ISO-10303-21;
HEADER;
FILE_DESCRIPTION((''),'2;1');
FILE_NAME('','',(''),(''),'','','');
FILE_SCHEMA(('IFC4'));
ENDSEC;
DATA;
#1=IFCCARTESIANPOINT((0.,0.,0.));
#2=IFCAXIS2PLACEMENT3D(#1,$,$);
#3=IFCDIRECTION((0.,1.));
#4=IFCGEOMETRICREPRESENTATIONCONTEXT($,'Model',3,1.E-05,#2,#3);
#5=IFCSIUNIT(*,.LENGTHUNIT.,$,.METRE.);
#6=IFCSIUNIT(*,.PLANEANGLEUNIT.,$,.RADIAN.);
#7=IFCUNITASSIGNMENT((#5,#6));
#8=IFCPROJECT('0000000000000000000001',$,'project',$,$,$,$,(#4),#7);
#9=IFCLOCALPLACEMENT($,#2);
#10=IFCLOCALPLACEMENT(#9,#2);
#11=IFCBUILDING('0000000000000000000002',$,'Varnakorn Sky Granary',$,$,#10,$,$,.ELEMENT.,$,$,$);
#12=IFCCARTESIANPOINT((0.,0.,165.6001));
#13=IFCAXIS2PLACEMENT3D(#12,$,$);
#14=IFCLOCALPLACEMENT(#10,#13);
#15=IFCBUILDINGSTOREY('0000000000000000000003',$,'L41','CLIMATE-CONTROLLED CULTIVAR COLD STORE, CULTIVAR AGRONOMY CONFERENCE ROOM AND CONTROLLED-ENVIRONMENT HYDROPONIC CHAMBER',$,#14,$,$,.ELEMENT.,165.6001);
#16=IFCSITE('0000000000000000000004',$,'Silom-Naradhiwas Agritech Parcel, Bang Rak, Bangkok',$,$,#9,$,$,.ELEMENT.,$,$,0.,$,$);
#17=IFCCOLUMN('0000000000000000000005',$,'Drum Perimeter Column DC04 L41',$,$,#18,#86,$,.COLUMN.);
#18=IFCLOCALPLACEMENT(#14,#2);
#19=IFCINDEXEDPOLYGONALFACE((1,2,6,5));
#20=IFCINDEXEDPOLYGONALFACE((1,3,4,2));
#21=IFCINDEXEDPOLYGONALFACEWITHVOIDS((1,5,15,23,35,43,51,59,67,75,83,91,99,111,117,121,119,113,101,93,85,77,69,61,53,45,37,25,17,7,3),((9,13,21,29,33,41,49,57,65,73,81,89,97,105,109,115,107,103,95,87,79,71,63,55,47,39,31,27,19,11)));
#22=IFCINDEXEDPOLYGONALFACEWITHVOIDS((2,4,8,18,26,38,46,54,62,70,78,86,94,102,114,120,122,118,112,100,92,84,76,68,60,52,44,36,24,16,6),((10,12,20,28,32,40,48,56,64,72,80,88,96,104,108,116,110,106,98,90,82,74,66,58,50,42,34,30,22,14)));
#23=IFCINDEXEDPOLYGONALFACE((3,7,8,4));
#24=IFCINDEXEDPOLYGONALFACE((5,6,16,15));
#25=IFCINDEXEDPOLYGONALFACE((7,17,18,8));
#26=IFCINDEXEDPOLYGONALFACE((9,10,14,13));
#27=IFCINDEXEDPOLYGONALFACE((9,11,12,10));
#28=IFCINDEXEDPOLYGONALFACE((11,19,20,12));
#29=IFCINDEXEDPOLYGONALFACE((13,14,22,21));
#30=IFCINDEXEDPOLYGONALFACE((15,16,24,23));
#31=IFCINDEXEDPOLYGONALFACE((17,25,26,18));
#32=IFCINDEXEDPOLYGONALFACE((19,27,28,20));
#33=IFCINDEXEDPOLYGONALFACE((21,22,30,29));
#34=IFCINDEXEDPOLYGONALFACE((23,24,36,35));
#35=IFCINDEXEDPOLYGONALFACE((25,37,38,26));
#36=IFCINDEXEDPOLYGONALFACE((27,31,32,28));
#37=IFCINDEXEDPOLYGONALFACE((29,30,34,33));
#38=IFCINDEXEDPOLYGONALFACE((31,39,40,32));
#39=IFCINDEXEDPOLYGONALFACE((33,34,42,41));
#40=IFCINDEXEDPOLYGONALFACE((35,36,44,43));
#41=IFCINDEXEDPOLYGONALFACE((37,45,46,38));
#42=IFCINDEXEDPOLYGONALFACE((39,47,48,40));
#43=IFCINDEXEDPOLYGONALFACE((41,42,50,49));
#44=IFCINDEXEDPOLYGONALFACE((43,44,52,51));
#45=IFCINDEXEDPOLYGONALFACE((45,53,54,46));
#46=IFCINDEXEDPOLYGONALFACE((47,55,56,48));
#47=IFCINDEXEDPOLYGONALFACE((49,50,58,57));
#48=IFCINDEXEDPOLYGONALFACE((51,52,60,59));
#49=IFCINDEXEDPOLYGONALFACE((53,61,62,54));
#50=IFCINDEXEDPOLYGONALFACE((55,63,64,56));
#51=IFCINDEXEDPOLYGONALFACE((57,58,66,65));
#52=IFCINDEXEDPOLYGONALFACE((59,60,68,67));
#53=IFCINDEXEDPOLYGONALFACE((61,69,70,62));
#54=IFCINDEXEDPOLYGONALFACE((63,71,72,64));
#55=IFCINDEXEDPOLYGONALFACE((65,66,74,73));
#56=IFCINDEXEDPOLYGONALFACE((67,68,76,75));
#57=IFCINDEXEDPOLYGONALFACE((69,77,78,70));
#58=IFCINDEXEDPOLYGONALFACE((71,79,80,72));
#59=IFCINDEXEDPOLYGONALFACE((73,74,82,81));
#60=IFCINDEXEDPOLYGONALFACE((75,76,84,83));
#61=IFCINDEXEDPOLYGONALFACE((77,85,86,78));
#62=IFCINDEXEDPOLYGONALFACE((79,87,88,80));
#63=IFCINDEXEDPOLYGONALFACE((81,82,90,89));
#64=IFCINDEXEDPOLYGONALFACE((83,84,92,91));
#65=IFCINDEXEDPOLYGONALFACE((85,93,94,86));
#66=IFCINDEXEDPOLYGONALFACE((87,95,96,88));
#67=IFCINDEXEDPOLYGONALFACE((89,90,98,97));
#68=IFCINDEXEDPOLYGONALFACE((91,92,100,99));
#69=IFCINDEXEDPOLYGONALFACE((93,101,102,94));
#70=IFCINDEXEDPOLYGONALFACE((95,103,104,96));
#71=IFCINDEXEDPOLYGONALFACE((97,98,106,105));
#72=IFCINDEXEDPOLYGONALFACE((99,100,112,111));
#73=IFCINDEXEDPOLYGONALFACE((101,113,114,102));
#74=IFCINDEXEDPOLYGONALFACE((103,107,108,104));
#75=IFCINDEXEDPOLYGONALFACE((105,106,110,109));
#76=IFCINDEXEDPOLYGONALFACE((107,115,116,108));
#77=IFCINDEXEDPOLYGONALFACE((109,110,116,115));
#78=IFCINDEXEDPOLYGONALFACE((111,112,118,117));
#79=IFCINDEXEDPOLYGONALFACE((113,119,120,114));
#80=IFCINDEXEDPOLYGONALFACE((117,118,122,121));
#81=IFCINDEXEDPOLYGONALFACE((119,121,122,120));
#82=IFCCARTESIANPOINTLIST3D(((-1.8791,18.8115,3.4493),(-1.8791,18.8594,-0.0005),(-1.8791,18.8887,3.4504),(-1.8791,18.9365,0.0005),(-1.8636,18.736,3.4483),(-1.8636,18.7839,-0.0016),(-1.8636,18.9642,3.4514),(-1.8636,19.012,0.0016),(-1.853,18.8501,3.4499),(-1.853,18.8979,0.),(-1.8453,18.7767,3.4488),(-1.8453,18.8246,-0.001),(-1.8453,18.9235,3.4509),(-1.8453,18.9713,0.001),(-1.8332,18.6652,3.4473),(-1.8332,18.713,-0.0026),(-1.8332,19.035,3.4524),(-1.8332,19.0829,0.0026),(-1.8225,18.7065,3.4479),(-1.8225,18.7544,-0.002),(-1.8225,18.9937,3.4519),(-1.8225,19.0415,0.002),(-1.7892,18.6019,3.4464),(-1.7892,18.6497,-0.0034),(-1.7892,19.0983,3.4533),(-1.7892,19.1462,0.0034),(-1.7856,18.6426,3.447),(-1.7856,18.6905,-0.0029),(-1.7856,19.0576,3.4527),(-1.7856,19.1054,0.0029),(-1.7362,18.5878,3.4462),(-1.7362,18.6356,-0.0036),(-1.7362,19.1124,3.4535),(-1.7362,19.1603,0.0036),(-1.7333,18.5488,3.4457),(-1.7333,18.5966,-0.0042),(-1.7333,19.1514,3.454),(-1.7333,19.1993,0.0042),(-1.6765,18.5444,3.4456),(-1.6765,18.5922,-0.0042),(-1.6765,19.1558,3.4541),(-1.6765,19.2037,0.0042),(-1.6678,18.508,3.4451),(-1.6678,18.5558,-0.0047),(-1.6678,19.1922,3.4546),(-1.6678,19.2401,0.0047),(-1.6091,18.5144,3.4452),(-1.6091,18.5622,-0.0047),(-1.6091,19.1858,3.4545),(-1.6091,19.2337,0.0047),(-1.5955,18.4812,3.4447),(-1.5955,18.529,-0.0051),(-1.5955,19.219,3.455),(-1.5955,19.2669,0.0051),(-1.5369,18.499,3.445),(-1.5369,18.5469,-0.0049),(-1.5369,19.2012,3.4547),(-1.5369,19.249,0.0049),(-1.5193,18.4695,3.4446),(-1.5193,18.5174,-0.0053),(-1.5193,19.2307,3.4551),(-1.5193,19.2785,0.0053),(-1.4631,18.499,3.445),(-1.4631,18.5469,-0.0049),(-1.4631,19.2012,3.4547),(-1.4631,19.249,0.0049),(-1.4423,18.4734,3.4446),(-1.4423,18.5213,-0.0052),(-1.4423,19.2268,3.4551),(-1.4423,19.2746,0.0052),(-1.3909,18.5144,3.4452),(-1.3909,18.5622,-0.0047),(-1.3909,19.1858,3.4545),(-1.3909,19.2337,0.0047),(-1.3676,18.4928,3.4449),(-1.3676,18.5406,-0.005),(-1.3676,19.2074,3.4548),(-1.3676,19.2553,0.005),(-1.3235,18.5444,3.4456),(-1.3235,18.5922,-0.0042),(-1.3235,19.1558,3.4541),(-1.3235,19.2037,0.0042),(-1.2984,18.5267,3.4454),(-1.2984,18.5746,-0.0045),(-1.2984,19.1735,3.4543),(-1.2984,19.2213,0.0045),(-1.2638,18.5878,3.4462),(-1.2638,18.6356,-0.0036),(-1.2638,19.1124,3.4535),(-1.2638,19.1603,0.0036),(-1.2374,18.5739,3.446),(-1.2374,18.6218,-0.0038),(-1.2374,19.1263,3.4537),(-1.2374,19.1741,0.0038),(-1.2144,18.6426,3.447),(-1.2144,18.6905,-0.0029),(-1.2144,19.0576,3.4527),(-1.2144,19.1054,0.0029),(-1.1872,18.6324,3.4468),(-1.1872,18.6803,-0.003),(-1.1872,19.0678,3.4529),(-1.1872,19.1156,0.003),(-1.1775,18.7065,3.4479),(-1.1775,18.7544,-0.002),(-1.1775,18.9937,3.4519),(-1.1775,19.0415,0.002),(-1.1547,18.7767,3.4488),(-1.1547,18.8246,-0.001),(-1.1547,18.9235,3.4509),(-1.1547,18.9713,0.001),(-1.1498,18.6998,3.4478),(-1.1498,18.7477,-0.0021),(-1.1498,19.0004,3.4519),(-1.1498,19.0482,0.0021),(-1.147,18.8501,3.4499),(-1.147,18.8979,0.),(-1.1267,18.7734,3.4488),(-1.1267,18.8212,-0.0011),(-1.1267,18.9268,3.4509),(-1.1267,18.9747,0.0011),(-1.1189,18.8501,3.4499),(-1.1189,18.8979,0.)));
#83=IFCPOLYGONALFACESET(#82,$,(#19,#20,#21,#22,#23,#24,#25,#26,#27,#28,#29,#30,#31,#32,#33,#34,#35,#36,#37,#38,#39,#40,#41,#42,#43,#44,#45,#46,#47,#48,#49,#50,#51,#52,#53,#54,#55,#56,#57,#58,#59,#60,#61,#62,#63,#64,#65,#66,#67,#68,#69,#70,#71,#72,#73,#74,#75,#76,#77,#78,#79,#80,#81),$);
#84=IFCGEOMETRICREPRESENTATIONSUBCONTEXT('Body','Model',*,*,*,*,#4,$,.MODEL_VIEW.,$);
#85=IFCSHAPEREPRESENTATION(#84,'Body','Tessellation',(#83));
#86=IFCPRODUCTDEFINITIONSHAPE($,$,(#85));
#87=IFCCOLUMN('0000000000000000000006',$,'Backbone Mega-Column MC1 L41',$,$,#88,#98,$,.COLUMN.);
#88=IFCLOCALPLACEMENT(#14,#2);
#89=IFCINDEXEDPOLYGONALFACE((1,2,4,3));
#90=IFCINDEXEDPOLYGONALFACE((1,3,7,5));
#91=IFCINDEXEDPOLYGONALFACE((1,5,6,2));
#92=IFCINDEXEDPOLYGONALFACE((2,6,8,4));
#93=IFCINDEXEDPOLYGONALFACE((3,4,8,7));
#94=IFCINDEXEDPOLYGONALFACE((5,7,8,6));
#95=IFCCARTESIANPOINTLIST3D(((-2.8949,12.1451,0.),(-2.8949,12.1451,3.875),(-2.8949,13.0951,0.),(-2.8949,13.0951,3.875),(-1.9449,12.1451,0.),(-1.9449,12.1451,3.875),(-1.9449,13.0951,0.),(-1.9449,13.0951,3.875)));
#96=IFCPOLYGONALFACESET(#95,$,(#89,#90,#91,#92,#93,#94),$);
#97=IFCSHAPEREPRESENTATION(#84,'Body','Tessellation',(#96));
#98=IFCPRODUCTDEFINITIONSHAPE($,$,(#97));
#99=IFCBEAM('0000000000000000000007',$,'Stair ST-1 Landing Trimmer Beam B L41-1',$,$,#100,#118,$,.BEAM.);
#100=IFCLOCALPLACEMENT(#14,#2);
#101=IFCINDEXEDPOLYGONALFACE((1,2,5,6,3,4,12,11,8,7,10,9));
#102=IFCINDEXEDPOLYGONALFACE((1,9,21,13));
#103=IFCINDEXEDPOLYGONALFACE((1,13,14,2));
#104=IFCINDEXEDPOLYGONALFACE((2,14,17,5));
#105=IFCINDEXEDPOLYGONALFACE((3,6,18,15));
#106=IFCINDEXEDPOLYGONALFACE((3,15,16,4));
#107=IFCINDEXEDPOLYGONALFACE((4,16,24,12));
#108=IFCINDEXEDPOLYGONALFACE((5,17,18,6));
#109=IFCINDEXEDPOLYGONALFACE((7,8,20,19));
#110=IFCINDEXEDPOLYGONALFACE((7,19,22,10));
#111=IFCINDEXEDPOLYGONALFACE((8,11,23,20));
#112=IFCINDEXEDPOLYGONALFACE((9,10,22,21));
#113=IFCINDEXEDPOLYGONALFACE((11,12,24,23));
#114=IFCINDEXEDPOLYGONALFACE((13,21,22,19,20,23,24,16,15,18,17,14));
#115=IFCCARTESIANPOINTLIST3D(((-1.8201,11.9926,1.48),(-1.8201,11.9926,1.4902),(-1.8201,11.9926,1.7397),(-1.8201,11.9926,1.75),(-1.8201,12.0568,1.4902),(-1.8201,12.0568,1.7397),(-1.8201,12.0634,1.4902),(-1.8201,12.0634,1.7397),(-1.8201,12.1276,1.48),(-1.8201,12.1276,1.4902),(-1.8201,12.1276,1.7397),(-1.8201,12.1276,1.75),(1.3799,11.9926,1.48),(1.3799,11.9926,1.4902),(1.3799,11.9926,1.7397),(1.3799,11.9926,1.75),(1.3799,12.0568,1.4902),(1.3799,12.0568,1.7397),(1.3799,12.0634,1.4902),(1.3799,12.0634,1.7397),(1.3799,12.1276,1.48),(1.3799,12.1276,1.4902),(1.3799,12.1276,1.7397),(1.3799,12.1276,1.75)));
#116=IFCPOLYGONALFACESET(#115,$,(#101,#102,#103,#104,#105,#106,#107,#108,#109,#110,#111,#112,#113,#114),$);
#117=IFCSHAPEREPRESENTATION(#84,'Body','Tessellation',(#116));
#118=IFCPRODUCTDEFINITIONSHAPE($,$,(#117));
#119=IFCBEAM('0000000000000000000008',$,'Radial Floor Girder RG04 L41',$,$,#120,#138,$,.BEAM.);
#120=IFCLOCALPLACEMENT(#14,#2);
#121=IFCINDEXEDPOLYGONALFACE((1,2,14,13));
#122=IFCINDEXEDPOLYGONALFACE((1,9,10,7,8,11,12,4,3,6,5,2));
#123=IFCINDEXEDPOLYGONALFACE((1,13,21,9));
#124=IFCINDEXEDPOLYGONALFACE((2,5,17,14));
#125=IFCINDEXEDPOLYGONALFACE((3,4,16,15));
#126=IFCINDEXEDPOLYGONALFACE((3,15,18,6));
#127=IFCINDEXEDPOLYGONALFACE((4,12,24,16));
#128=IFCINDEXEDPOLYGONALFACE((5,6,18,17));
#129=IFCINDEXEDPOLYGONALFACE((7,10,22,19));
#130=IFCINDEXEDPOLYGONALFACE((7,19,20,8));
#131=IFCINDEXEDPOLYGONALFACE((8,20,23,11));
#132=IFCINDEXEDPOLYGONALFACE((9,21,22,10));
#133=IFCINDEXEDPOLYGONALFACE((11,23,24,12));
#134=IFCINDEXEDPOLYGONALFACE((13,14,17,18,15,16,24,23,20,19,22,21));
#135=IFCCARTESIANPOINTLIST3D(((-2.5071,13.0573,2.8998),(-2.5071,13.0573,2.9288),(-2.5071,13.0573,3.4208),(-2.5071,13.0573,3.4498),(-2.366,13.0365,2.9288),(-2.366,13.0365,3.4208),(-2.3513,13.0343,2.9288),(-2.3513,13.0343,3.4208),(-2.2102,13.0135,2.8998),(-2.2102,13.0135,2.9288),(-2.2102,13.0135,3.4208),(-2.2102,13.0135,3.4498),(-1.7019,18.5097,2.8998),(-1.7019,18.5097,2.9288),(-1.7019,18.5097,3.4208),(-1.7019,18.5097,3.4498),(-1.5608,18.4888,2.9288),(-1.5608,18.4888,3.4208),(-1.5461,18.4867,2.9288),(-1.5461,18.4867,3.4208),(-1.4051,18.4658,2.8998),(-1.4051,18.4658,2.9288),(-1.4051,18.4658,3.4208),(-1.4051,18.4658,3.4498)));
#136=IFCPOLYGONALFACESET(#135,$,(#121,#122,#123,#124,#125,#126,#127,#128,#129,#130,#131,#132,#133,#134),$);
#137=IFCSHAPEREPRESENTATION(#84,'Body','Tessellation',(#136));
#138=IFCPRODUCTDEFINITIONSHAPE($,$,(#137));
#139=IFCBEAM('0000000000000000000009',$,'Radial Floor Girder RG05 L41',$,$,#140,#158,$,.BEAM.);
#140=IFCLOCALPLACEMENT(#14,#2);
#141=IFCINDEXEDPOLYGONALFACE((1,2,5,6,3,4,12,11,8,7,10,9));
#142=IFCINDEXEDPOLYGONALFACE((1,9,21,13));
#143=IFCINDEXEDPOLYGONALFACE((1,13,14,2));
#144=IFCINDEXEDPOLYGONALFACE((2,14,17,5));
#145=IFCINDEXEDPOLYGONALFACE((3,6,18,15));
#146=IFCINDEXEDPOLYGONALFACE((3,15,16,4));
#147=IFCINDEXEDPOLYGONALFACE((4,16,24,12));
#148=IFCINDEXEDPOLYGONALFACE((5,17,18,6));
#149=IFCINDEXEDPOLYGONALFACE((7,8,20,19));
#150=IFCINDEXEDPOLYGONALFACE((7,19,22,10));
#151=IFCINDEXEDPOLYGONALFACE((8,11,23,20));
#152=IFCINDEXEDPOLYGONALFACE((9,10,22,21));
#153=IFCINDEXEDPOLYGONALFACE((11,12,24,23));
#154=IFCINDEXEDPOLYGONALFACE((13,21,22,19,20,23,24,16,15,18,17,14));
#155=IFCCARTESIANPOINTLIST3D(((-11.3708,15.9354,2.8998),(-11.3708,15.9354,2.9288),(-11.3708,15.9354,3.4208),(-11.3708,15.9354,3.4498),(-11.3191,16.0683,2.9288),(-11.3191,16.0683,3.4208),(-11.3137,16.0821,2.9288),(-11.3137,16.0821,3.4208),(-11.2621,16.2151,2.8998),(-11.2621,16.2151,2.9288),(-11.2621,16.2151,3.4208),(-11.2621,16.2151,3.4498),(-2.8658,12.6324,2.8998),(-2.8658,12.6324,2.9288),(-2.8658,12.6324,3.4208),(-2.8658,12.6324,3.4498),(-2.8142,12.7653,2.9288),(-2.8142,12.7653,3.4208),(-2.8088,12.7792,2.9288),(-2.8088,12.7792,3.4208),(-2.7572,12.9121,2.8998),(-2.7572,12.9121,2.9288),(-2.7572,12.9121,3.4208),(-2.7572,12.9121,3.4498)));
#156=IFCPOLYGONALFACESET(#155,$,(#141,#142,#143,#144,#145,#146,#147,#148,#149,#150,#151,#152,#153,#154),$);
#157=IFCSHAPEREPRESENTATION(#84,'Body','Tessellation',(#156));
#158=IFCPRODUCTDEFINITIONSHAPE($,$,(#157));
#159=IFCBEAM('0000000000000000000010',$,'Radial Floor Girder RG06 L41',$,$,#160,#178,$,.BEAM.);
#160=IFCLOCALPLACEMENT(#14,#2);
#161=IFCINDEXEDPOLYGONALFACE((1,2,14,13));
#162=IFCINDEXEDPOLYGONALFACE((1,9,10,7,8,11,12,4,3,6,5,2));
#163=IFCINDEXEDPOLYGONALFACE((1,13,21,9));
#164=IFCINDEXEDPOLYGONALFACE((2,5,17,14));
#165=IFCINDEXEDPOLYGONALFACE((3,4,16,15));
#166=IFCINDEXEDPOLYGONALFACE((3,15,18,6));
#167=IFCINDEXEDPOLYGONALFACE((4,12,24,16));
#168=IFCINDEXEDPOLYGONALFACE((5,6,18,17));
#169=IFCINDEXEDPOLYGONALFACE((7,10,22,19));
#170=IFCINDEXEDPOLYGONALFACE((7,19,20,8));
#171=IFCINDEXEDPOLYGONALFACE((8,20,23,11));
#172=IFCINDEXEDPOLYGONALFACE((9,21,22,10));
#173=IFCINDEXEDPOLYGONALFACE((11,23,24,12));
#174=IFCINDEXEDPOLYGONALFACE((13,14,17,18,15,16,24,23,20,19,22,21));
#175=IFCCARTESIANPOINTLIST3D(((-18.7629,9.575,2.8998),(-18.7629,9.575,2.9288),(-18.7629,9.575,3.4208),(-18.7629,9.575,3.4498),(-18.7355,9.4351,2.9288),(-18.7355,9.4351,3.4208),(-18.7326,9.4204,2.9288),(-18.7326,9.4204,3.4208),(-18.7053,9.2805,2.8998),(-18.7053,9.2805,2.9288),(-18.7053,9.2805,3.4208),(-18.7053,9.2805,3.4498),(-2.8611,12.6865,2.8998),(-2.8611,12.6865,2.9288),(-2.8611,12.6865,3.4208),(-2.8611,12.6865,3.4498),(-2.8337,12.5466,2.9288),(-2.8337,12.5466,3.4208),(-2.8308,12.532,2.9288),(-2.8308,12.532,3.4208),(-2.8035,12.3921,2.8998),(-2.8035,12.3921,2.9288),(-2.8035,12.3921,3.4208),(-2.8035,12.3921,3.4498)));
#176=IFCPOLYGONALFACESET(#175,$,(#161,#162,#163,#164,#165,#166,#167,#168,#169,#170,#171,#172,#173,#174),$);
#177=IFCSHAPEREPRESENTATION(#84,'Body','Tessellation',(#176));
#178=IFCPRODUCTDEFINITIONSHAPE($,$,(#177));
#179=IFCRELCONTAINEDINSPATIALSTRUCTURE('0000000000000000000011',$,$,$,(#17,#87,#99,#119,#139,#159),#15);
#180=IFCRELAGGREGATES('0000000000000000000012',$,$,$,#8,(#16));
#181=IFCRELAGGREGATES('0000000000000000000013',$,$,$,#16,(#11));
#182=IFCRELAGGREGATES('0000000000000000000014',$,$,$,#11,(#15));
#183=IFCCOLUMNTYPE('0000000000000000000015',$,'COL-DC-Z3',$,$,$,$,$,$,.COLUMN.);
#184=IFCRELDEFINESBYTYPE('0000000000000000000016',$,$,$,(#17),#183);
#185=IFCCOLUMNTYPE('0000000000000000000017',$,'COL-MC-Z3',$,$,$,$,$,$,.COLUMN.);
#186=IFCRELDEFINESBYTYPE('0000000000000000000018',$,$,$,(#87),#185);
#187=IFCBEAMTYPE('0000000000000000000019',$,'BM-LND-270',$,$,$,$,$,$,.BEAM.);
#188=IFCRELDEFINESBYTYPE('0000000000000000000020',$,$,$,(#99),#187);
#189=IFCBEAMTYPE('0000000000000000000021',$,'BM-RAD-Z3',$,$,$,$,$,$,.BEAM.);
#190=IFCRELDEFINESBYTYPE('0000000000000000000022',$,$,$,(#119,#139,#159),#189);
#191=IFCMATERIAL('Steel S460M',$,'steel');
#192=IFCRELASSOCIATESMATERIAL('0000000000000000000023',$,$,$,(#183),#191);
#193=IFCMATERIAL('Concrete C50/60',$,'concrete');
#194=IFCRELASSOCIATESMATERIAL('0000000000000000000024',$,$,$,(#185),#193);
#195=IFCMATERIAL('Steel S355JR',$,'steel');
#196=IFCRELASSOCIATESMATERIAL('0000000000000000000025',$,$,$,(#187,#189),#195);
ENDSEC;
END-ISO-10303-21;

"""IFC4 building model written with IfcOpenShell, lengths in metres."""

from ifc_helpers import new_model, si_unit, direction, frame, origin, origin_2d, place, context, subcontext, project, spatial, rectangle, hollow_circle, i_section, extrude, material, material_profile, profile_set, type_object, element, save


model = new_model("IFC4")

# Units and contexts
model_context = context("Model", 3, precision=1e-05, world=origin(), true_north=direction((0.0, 1.0)))
body_context = subcontext(model_context, "Body", "Model", "MODEL_VIEW")
ifc_project = project(units=[si_unit("LENGTHUNIT", "METRE"), si_unit("PLANEANGLEUNIT", "RADIAN")], contexts=[model_context])

# Site, building, storey
site_placement = place(None, origin())
site = spatial("IfcSite", under=ifc_project, at=site_placement, Name="Silom-Naradhiwas Agritech Parcel, Bang Rak, Bangkok", CompositionType="ELEMENT", RefElevation=0.0)
building_placement = place(site_placement, origin())
building = spatial("IfcBuilding", under=site, at=building_placement, Name="Varnakorn Sky Granary", CompositionType="ELEMENT")
storey_placement = place(building_placement, frame((0.0, 0.0, 165.6001)))
storey = spatial("IfcBuildingStorey", under=building, at=storey_placement, Name="L41", Description="CLIMATE-CONTROLLED CULTIVAR COLD STORE, CULTIVAR AGRONOMY CONFERENCE ROOM AND CONTROLLED-ENVIRONMENT HYDROPONIC CHAMBER", CompositionType="ELEMENT", Elevation=165.6001)

# Columns
ifc_material_1 = material(Name="Steel S460M", Category="steel")
ifc_material_profile_1 = material_profile(ifc_material_1, hollow_circle(Radius=0.3811, WallThickness=0.0281, at=origin_2d()), Name="CHS 762x28")
ifc_profile_set_1 = profile_set([ifc_material_profile_1], Name="Steel S460M")
column_type_1 = type_object("IfcColumnType", Name="COL-DC-Z3", PredefinedType="COLUMN", material=ifc_profile_set_1)
column_1_placement = place(storey_placement, frame((-1.5, 18.8979, 0.0), z_axis=(0.0, -0.013869, 0.999904), x_axis=(1.0, 0.0, 0.0)))
element("IfcColumn", 1, at=column_1_placement, inside=storey, type_object=column_type_1, Name="Drum Perimeter Column DC04 L41", PredefinedType="COLUMN", context=body_context, shape_type="SweptSolid", body=[
    extrude(hollow_circle(Radius=0.3811, WallThickness=0.0281, at=origin_2d()), origin(), (0.0, 0.0, 1.0), 3.4502),
])
ifc_material_2 = material(Name="Concrete C50/60", Category="concrete")
ifc_material_profile_2 = material_profile(ifc_material_2, rectangle(XDim=0.95, YDim=0.95, at=origin_2d()), Name="RC 950x950")
ifc_profile_set_2 = profile_set([ifc_material_profile_2], Name="Concrete C50/60")
column_type_2 = type_object("IfcColumnType", Name="COL-MC-Z3", PredefinedType="COLUMN", material=ifc_profile_set_2)
column_2_placement = place(storey_placement, frame((-2.4199, 12.6201, 0.0), z_axis=(0.0, 0.0, 1.0), x_axis=(1.0, 0.0, 0.0)))
element("IfcColumn", 2, at=column_2_placement, inside=storey, type_object=column_type_2, Name="Backbone Mega-Column MC1 L41", PredefinedType="COLUMN", context=body_context, shape_type="SweptSolid", body=[
    extrude(rectangle(XDim=0.95, YDim=0.95, at=origin_2d()), origin(), (0.0, 0.0, 1.0), 3.875),
])

# Beams
ifc_material_3 = material(Name="Steel S355JR", Category="steel")
ifc_material_profile_3 = material_profile(ifc_material_3, i_section(OverallWidth=0.135, OverallDepth=0.27, WebThickness=0.0066, FlangeThickness=0.0103, at=origin_2d()), Name="IPE 270")
ifc_profile_set_3 = profile_set([ifc_material_profile_3], Name="Steel S355JR")
beam_type_1 = type_object("IfcBeamType", Name="BM-LND-270", PredefinedType="BEAM", material=ifc_profile_set_3)
beam_1_placement = place(storey_placement, frame((-1.8201, 12.0601, 1.615), z_axis=(1.0, 0.0, 0.0), x_axis=(0.0, 1.0, 0.0)))
element("IfcBeam", 3, at=beam_1_placement, inside=storey, type_object=beam_type_1, Name="Stair ST-1 Landing Trimmer Beam B L41-1", PredefinedType="BEAM", context=body_context, shape_type="SweptSolid", body=[
    extrude(i_section(OverallWidth=0.135, OverallDepth=0.27, WebThickness=0.0066, FlangeThickness=0.0103, at=origin_2d()), origin(), (0.0, 0.0, 1.0), 3.2),
])
ifc_material_profile_4 = material_profile(ifc_material_3, i_section(OverallWidth=0.3, OverallDepth=0.55, WebThickness=0.0149, FlangeThickness=0.0291, at=origin_2d()), Name="HE 550 B")
ifc_profile_set_4 = profile_set([ifc_material_profile_4], Name="Steel S355JR")
beam_type_2 = type_object("IfcBeamType", Name="BM-RAD-Z3", PredefinedType="BEAM", material=ifc_profile_set_4)
beam_2_placement = place(storey_placement, frame((-2.3586, 13.0354, 3.1748), z_axis=(0.14609, 0.989271, 0.0), x_axis=(-0.989271, 0.14609, 0.0)))
element("IfcBeam", 4, at=beam_2_placement, inside=storey, type_object=beam_type_2, Name="Radial Floor Girder RG04 L41", PredefinedType="BEAM", context=body_context, shape_type="SweptSolid", body=[
    extrude(i_section(OverallWidth=0.3, OverallDepth=0.55, WebThickness=0.0149, FlangeThickness=0.0291, at=origin_2d()), origin(), (0.0, 0.0, 1.0), 5.5115),
])
beam_3_placement = place(storey_placement, frame((-2.8115, 12.7722, 3.1748), z_axis=(-0.93217, 0.36202, 0.0), x_axis=(-0.36202, -0.93217, 0.0)))
element("IfcBeam", 5, at=beam_3_placement, inside=storey, type_object=beam_type_2, Name="Radial Floor Girder RG05 L41", PredefinedType="BEAM", context=body_context, shape_type="SweptSolid", body=[
    extrude(i_section(OverallWidth=0.3, OverallDepth=0.55, WebThickness=0.0149, FlangeThickness=0.0291, at=origin_2d()), origin(), (0.0, 0.0, 1.0), 9.1238),
])
beam_4_placement = place(storey_placement, frame((-2.8323, 12.5393, 3.1748), z_axis=(-0.981389, -0.192032, 0.0), x_axis=(0.192032, -0.981389, 0.0)))
element("IfcBeam", 6, at=beam_4_placement, inside=storey, type_object=beam_type_2, Name="Radial Floor Girder RG06 L41", PredefinedType="BEAM", context=body_context, shape_type="SweptSolid", body=[
    extrude(i_section(OverallWidth=0.3, OverallDepth=0.55, WebThickness=0.0149, FlangeThickness=0.0291, at=origin_2d()), origin(), (0.0, 0.0, 1.0), 16.2034),
])

save(model, "model.ifc")
